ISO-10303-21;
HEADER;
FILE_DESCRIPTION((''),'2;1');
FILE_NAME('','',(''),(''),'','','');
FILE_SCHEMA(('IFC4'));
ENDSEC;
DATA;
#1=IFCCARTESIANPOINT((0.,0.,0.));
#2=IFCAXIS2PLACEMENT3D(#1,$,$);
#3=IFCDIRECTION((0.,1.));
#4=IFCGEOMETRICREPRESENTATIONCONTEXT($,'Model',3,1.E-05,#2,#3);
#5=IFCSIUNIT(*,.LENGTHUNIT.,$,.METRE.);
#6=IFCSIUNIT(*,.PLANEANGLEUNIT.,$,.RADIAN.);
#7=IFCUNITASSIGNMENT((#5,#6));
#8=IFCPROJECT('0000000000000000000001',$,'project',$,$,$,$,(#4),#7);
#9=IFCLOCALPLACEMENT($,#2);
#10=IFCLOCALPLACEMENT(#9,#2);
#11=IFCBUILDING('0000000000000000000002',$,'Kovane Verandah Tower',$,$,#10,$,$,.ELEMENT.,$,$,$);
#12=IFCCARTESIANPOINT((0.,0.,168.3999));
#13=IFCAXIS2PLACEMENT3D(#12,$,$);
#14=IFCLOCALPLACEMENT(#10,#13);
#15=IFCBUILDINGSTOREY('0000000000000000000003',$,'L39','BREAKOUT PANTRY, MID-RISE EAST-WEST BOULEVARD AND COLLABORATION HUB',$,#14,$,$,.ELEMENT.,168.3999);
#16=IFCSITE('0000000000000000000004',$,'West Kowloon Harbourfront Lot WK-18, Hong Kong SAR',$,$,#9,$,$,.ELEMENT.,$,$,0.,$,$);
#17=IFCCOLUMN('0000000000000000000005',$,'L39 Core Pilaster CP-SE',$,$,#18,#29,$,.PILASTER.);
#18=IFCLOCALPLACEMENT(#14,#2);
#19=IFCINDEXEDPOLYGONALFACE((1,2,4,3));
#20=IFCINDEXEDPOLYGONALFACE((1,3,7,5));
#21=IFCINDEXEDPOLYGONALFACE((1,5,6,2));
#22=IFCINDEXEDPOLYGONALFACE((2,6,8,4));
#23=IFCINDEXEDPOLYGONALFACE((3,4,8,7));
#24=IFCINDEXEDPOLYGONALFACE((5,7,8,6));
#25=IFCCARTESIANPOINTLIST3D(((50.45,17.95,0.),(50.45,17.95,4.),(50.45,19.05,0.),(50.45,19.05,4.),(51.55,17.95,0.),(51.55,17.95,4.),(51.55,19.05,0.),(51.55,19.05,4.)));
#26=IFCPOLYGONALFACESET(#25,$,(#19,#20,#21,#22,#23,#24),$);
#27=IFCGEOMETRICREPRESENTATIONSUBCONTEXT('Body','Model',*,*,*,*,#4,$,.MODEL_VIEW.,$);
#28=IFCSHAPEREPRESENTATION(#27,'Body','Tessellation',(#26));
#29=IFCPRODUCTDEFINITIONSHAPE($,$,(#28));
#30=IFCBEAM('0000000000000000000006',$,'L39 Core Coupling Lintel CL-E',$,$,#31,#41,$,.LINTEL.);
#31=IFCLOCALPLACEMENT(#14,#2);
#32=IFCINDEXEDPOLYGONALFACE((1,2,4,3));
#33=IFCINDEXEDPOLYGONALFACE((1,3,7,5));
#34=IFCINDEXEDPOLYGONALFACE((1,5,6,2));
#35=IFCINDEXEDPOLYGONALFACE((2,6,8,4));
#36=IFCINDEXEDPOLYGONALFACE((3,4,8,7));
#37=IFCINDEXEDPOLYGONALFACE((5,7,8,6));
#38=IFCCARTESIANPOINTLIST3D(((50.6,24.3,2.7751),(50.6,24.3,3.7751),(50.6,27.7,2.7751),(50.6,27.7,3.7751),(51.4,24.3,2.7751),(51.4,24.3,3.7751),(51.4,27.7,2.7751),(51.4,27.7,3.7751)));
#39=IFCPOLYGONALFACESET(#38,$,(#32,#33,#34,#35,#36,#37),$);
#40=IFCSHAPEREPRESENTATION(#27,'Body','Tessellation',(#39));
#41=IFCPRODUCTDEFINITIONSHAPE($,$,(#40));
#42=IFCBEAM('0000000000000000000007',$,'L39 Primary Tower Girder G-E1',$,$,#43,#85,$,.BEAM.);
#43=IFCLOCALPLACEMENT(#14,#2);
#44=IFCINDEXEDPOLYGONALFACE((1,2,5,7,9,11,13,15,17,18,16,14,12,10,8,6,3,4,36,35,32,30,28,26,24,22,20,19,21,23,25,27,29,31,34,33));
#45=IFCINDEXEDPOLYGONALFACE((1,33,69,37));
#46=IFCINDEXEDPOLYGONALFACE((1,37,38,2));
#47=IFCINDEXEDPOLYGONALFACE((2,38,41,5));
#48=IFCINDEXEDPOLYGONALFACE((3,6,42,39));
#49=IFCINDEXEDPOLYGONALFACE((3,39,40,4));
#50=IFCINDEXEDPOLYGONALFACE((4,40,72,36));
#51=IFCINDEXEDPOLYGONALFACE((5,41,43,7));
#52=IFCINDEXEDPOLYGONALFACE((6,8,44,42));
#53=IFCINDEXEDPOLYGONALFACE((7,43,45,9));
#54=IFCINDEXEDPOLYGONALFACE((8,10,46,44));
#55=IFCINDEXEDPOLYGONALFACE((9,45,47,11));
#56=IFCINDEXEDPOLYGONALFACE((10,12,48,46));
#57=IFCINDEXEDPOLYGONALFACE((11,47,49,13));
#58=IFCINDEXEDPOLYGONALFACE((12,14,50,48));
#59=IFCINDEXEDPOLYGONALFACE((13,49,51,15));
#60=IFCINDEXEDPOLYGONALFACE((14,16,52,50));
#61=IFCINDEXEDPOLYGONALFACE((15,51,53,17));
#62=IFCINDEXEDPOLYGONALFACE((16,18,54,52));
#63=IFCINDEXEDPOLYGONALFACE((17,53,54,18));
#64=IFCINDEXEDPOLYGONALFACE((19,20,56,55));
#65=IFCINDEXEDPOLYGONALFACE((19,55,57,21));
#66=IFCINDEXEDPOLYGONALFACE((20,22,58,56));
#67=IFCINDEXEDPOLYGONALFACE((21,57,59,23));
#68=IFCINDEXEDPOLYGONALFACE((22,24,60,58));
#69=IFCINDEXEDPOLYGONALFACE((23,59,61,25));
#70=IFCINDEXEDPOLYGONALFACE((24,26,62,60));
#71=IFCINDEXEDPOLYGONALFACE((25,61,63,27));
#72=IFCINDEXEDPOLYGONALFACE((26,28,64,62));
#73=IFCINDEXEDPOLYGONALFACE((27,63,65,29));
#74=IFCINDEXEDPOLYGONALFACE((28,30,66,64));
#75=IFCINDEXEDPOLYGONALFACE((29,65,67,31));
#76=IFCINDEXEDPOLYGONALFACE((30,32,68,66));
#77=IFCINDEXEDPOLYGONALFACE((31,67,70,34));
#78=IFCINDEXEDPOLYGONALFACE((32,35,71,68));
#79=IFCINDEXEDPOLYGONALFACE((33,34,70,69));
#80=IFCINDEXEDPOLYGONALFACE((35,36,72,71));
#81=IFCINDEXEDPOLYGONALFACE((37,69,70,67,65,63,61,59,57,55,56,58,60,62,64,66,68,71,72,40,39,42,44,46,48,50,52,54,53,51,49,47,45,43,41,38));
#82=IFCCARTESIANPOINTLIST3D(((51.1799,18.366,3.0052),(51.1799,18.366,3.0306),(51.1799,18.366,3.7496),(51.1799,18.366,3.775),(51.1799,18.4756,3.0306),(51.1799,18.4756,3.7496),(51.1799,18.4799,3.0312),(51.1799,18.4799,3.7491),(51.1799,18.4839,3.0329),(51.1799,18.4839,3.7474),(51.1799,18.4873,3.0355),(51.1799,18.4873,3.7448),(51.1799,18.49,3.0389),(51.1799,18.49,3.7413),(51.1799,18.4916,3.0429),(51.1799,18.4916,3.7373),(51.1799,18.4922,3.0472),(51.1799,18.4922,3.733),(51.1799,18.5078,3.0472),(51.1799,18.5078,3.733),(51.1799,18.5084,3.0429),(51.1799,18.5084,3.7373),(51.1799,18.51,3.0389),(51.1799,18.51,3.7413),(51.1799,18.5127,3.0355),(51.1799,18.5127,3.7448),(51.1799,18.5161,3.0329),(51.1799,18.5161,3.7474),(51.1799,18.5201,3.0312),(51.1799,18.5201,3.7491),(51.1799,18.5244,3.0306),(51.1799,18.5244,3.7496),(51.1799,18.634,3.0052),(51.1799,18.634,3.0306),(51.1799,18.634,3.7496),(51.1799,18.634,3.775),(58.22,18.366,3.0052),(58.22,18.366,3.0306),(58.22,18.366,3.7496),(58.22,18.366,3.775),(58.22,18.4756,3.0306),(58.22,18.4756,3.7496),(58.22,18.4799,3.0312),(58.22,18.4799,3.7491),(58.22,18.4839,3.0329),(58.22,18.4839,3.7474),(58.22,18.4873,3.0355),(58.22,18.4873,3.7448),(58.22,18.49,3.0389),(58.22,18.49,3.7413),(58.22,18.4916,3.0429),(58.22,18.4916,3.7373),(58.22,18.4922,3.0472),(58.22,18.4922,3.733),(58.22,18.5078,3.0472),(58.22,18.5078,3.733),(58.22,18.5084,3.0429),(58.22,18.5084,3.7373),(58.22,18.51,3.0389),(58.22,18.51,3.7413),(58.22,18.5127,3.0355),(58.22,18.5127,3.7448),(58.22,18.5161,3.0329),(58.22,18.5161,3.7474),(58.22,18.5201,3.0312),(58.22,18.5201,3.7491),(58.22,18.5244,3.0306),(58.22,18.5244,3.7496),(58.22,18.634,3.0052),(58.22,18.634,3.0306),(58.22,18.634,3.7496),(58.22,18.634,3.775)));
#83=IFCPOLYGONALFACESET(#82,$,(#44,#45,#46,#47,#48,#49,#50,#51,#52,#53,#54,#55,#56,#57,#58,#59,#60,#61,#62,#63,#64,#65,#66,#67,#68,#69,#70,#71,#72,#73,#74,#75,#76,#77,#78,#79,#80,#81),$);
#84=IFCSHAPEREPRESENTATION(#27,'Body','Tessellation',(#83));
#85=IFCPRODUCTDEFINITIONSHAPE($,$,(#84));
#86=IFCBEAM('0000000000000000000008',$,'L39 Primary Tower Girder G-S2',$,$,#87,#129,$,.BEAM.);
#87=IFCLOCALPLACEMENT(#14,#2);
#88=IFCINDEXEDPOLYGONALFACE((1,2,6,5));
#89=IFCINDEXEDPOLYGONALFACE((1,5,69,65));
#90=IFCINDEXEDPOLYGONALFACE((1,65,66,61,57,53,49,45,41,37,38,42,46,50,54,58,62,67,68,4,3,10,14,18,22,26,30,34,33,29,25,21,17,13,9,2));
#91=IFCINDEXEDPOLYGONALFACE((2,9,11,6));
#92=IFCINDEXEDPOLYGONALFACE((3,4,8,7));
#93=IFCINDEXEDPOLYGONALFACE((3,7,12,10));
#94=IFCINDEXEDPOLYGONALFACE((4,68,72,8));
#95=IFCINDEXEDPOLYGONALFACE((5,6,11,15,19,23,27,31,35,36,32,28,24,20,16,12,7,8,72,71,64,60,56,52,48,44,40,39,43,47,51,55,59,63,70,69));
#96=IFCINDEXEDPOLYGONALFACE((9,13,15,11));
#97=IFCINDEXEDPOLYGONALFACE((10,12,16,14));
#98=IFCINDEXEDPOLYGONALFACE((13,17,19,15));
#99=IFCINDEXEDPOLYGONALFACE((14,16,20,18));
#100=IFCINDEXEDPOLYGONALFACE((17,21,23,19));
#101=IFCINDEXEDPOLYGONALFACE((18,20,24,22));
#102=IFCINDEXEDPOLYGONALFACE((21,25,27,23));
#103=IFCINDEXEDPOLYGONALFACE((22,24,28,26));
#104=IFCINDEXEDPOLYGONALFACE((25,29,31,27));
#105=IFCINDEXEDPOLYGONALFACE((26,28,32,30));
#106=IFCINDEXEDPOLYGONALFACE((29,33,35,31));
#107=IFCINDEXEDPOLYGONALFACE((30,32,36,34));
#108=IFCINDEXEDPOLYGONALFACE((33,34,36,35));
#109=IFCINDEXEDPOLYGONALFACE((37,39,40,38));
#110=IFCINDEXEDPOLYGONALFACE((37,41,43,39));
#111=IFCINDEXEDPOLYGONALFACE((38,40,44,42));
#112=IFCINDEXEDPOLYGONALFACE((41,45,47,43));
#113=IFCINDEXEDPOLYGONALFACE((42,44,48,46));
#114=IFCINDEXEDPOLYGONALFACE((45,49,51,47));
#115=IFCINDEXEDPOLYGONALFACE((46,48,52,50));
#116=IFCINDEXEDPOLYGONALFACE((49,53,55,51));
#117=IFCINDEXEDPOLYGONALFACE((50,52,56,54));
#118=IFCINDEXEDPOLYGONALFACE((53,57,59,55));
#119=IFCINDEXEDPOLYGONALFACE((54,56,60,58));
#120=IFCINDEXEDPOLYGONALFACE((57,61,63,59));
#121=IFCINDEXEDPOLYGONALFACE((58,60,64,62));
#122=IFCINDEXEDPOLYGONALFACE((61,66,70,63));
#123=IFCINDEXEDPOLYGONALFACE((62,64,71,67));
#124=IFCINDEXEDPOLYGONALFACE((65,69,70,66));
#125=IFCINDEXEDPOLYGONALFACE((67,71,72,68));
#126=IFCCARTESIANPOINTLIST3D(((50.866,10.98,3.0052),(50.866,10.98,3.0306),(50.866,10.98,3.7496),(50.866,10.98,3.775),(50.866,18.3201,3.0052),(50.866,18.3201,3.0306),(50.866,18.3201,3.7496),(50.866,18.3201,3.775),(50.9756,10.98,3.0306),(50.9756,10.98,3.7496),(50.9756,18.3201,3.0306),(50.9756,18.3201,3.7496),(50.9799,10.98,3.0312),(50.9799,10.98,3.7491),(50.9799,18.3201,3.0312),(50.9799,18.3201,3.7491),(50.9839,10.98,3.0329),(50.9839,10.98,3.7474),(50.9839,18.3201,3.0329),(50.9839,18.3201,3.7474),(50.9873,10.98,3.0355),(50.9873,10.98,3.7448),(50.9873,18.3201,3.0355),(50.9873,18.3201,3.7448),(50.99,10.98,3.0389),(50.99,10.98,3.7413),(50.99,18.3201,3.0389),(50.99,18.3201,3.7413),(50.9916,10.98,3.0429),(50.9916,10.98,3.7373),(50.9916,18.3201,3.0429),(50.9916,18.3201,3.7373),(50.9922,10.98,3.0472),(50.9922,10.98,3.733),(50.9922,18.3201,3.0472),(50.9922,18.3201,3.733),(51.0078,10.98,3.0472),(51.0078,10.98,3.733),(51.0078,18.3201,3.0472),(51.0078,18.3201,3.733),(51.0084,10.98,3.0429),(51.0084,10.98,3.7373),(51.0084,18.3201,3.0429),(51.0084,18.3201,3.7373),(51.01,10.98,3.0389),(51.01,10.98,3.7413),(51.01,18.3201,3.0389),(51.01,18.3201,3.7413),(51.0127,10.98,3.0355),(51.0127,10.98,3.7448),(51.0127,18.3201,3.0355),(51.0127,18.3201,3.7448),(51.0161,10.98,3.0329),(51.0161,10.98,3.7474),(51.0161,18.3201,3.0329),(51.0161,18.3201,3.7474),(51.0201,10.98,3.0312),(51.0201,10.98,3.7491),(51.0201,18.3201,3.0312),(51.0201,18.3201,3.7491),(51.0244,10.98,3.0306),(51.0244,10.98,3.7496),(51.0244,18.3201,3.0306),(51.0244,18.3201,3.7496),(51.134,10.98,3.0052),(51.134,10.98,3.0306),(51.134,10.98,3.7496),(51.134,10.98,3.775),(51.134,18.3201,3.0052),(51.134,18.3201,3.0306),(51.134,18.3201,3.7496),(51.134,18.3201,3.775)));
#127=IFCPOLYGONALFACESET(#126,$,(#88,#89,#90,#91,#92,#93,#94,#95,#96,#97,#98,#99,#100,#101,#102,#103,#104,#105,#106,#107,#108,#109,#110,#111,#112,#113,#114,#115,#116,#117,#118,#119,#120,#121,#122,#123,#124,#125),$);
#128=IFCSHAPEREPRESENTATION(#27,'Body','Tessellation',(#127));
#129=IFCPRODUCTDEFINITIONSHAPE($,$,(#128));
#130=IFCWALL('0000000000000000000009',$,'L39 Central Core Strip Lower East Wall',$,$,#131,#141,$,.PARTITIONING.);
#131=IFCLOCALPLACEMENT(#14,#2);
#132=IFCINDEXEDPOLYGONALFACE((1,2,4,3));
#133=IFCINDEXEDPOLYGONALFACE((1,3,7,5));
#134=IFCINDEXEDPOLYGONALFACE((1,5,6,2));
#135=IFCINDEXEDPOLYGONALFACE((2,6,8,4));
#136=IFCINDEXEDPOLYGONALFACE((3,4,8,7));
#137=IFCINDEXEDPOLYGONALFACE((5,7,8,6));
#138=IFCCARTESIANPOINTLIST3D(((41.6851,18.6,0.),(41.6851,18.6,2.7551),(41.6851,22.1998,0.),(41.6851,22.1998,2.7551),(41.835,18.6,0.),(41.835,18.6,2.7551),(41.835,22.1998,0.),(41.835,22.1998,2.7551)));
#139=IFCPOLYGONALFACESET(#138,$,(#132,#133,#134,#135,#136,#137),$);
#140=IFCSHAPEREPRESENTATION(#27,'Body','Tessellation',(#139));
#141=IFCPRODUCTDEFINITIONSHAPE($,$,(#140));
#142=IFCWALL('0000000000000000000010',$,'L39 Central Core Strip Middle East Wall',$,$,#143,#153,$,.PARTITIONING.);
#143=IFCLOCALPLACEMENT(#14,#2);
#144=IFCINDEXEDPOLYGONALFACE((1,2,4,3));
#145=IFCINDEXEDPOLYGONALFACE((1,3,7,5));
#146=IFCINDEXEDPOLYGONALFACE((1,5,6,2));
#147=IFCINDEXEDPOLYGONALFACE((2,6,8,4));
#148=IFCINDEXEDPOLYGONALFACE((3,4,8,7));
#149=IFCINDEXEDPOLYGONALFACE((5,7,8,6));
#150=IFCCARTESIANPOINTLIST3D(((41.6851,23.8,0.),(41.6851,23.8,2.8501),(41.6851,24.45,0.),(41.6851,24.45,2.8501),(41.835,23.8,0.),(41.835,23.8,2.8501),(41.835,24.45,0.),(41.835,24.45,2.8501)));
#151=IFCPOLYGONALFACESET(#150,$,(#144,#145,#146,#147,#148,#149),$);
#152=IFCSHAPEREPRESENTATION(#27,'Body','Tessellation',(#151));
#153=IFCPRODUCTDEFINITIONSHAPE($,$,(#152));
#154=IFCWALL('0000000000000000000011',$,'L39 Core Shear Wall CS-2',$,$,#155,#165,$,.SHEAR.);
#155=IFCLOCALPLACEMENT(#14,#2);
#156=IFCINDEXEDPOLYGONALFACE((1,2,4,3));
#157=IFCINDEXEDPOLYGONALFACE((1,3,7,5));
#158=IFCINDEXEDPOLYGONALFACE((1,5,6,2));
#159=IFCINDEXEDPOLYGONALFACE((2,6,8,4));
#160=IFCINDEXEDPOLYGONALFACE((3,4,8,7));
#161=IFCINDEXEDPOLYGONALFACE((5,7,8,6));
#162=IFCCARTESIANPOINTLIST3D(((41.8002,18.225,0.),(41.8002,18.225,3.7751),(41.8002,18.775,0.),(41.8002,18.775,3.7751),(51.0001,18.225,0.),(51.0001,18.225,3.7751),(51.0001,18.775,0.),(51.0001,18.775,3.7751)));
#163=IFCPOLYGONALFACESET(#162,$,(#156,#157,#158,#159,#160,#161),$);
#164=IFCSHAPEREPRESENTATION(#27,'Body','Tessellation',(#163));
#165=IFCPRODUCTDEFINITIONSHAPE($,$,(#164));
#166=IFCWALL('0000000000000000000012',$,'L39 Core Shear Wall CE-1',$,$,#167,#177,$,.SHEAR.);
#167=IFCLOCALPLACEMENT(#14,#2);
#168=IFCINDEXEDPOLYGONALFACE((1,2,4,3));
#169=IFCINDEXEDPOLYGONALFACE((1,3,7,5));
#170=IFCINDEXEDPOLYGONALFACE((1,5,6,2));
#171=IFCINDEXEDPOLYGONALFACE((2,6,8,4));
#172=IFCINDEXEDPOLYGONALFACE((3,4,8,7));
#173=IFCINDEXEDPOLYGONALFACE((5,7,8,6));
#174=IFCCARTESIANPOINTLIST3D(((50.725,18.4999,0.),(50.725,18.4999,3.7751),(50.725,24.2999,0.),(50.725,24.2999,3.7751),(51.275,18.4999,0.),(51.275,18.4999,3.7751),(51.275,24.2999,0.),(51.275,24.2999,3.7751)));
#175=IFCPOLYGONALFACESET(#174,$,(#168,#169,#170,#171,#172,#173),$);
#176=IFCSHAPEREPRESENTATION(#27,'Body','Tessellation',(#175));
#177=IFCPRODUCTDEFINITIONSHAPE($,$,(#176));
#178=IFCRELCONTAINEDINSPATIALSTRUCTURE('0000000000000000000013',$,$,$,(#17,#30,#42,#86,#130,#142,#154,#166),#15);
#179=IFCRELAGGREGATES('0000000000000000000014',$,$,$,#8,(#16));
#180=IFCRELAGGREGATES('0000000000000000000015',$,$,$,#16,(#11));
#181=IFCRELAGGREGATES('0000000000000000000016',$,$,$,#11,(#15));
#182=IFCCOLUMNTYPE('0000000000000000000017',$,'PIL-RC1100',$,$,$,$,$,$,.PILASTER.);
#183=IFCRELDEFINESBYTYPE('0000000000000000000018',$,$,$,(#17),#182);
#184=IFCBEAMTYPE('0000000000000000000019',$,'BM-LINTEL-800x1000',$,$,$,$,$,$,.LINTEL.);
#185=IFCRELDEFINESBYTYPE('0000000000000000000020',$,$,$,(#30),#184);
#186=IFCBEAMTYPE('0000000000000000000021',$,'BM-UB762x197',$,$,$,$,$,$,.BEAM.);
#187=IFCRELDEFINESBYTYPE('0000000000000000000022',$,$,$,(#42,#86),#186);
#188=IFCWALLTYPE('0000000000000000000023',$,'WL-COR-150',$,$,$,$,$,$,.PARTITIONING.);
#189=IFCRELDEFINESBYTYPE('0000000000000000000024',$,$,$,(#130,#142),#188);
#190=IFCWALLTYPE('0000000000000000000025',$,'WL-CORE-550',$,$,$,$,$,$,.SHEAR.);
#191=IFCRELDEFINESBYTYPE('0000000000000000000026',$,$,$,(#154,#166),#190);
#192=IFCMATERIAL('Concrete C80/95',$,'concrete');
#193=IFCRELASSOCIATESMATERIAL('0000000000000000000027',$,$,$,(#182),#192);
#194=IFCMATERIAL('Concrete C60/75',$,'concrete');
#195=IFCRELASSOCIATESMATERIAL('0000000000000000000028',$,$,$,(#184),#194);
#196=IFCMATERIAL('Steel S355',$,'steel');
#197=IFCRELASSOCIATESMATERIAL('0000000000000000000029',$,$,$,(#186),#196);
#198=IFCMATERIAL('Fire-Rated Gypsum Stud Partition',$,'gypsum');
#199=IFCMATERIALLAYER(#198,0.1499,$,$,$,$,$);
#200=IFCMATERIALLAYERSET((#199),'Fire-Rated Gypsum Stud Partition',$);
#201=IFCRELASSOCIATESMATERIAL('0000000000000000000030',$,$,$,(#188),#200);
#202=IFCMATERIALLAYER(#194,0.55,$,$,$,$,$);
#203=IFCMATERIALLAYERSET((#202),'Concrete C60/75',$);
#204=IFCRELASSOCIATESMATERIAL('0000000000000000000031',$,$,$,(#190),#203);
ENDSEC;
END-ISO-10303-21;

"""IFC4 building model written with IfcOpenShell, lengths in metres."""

from ifc_helpers import new_model, si_unit, direction, frame, frame_2d, origin, origin_2d, place, context, subcontext, project, spatial, rectangle, i_section, extrude, material, layer, layer_set, material_profile, profile_set, type_object, element, save


model = new_model("IFC4")

# Units and contexts
model_context = context("Model", 3, precision=1e-05, world=origin(), true_north=direction((0.0, 1.0)))
body_context = subcontext(model_context, "Body", "Model", "MODEL_VIEW")
ifc_project = project(units=[si_unit("LENGTHUNIT", "METRE"), si_unit("PLANEANGLEUNIT", "RADIAN")], contexts=[model_context])

# Site, building, storey
site_placement = place(None, origin())
site = spatial("IfcSite", under=ifc_project, at=site_placement, Name="West Kowloon Harbourfront Lot WK-18, Hong Kong SAR", CompositionType="ELEMENT", RefElevation=0.0)
building_placement = place(site_placement, origin())
building = spatial("IfcBuilding", under=site, at=building_placement, Name="Kovane Verandah Tower", CompositionType="ELEMENT")
storey_placement = place(building_placement, frame((0.0, 0.0, 168.3999)))
storey = spatial("IfcBuildingStorey", under=building, at=storey_placement, Name="L39", Description="BREAKOUT PANTRY, MID-RISE EAST-WEST BOULEVARD AND COLLABORATION HUB", CompositionType="ELEMENT", Elevation=168.3999)

# Column
ifc_material_1 = material(Name="Concrete C80/95", Category="concrete")
ifc_material_profile_1 = material_profile(ifc_material_1, rectangle(XDim=1.1001, YDim=1.1001, at=origin_2d()), Name="RC1100x1100")
ifc_profile_set_1 = profile_set([ifc_material_profile_1], Name="Concrete C80/95")
column_type = type_object("IfcColumnType", Name="PIL-RC1100", PredefinedType="PILASTER", material=ifc_profile_set_1)
column_placement = place(storey_placement, frame((51.0, 18.5, 0.0), z_axis=(0.0, 0.0, 1.0), x_axis=(1.0, 0.0, 0.0)))
element("IfcColumn", 1, at=column_placement, inside=storey, type_object=column_type, Name="L39 Core Pilaster CP-SE", PredefinedType="PILASTER", context=body_context, shape_type="SweptSolid", body=[
    extrude(rectangle(XDim=1.1001, YDim=1.1001, at=origin_2d()), origin(), (0.0, 0.0, 1.0), 4.0),
])

# Beams
ifc_material_2 = material(Name="Concrete C60/75", Category="concrete")
ifc_material_profile_2 = material_profile(ifc_material_2, rectangle(XDim=0.8, YDim=1.0, at=origin_2d()), Name="RCB800x1000")
ifc_profile_set_2 = profile_set([ifc_material_profile_2], Name="Concrete C60/75")
beam_type_1 = type_object("IfcBeamType", Name="BM-LINTEL-800x1000", PredefinedType="LINTEL", material=ifc_profile_set_2)
beam_1_placement = place(storey_placement, frame((51.0, 24.3, 3.2751), z_axis=(0.0, 1.0, 0.0), x_axis=(-1.0, 0.0, 0.0)))
element("IfcBeam", 2, at=beam_1_placement, inside=storey, type_object=beam_type_1, Name="L39 Core Coupling Lintel CL-E", PredefinedType="LINTEL", context=body_context, shape_type="SweptSolid", body=[
    extrude(rectangle(XDim=0.8, YDim=1.0, at=origin_2d()), origin(), (0.0, 0.0, 1.0), 3.3999),
])
ifc_material_3 = material(Name="Steel S355", Category="steel")
ifc_material_profile_3 = material_profile(ifc_material_3, i_section(OverallWidth=0.2681, OverallDepth=0.7698, WebThickness=0.0156, FlangeThickness=0.0254, FilletRadius=0.0166, at=origin_2d()), Name="UB762x267x197")
ifc_profile_set_3 = profile_set([ifc_material_profile_3], Name="Steel S355")
beam_type_2 = type_object("IfcBeamType", Name="BM-UB762x197", PredefinedType="BEAM", material=ifc_profile_set_3)
beam_2_placement = place(storey_placement, frame((51.1799, 18.5, 3.3901), z_axis=(1.0, 0.0, 0.0), x_axis=(0.0, 1.0, 0.0)))
element("IfcBeam", 3, at=beam_2_placement, inside=storey, type_object=beam_type_2, Name="L39 Primary Tower Girder G-E1", PredefinedType="BEAM", context=body_context, shape_type="SweptSolid", body=[
    extrude(i_section(OverallWidth=0.2681, OverallDepth=0.7698, WebThickness=0.0156, FlangeThickness=0.0254, FilletRadius=0.0166, at=origin_2d()), origin(), (0.0, 0.0, 1.0), 7.04),
])
beam_3_placement = place(storey_placement, frame((51.0, 18.3201, 3.3901), z_axis=(0.0, -1.0, 0.0), x_axis=(1.0, 0.0, 0.0)))
element("IfcBeam", 4, at=beam_3_placement, inside=storey, type_object=beam_type_2, Name="L39 Primary Tower Girder G-S2", PredefinedType="BEAM", context=body_context, shape_type="SweptSolid", body=[
    extrude(i_section(OverallWidth=0.2681, OverallDepth=0.7698, WebThickness=0.0156, FlangeThickness=0.0254, FilletRadius=0.0166, at=origin_2d()), origin(), (0.0, 0.0, 1.0), 7.3401),
])

# Walls
ifc_material_4 = material(Name="Fire-Rated Gypsum Stud Partition", Category="gypsum")
ifc_layer_1 = layer(ifc_material_4, 0.1499)
ifc_layer_set_1 = layer_set([ifc_layer_1], Name="Fire-Rated Gypsum Stud Partition")
wall_type_1 = type_object("IfcWallType", Name="WL-COR-150", PredefinedType="PARTITIONING", material=ifc_layer_set_1)
wall_1_placement = place(storey_placement, frame((41.76, 18.6001, 0.0), z_axis=(0.0, 0.0, 1.0), x_axis=(0.0, 1.0, 0.0)))
element("IfcWall", 5, at=wall_1_placement, inside=storey, type_object=wall_type_1, Name="L39 Central Core Strip Lower East Wall", PredefinedType="PARTITIONING", context=body_context, shape_type="SweptSolid", body=[
    extrude(rectangle(XDim=3.5999, YDim=0.1499, at=frame_2d((1.7998, 0.0))), origin(), (0.0, 0.0, 1.0), 2.7551),
])
wall_2_placement = place(storey_placement, frame((41.76, 23.8, 0.0), z_axis=(0.0, 0.0, 1.0), x_axis=(0.0, 1.0, 0.0)))
element("IfcWall", 6, at=wall_2_placement, inside=storey, type_object=wall_type_1, Name="L39 Central Core Strip Middle East Wall", PredefinedType="PARTITIONING", context=body_context, shape_type="SweptSolid", body=[
    extrude(rectangle(XDim=0.6499, YDim=0.1499, at=frame_2d((0.325, 0.0))), origin(), (0.0, 0.0, 1.0), 2.8501),
])
ifc_layer_2 = layer(ifc_material_2, 0.55)
ifc_layer_set_2 = layer_set([ifc_layer_2], Name="Concrete C60/75")
wall_type_2 = type_object("IfcWallType", Name="WL-CORE-550", PredefinedType="SHEAR", material=ifc_layer_set_2)
wall_3_placement = place(storey_placement, frame((41.8, 18.5, 0.0), z_axis=(0.0, 0.0, 1.0), x_axis=(1.0, 0.0, 0.0)))
element("IfcWall", 7, at=wall_3_placement, inside=storey, type_object=wall_type_2, Name="L39 Core Shear Wall CS-2", PredefinedType="SHEAR", context=body_context, shape_type="SweptSolid", body=[
    extrude(rectangle(XDim=9.2, YDim=0.55, at=frame_2d((4.6001, 0.0))), origin(), (0.0, 0.0, 1.0), 3.7751),
])
wall_4_placement = place(storey_placement, frame((51.0, 18.5, 0.0), z_axis=(0.0, 0.0, 1.0), x_axis=(0.0, 1.0, 0.0)))
element("IfcWall", 8, at=wall_4_placement, inside=storey, type_object=wall_type_2, Name="L39 Core Shear Wall CE-1", PredefinedType="SHEAR", context=body_context, shape_type="SweptSolid", body=[
    extrude(rectangle(XDim=5.8, YDim=0.55, at=frame_2d((2.8999, 0.0))), origin(), (0.0, 0.0, 1.0), 3.7751),
])

save(model, "model.ifc")
